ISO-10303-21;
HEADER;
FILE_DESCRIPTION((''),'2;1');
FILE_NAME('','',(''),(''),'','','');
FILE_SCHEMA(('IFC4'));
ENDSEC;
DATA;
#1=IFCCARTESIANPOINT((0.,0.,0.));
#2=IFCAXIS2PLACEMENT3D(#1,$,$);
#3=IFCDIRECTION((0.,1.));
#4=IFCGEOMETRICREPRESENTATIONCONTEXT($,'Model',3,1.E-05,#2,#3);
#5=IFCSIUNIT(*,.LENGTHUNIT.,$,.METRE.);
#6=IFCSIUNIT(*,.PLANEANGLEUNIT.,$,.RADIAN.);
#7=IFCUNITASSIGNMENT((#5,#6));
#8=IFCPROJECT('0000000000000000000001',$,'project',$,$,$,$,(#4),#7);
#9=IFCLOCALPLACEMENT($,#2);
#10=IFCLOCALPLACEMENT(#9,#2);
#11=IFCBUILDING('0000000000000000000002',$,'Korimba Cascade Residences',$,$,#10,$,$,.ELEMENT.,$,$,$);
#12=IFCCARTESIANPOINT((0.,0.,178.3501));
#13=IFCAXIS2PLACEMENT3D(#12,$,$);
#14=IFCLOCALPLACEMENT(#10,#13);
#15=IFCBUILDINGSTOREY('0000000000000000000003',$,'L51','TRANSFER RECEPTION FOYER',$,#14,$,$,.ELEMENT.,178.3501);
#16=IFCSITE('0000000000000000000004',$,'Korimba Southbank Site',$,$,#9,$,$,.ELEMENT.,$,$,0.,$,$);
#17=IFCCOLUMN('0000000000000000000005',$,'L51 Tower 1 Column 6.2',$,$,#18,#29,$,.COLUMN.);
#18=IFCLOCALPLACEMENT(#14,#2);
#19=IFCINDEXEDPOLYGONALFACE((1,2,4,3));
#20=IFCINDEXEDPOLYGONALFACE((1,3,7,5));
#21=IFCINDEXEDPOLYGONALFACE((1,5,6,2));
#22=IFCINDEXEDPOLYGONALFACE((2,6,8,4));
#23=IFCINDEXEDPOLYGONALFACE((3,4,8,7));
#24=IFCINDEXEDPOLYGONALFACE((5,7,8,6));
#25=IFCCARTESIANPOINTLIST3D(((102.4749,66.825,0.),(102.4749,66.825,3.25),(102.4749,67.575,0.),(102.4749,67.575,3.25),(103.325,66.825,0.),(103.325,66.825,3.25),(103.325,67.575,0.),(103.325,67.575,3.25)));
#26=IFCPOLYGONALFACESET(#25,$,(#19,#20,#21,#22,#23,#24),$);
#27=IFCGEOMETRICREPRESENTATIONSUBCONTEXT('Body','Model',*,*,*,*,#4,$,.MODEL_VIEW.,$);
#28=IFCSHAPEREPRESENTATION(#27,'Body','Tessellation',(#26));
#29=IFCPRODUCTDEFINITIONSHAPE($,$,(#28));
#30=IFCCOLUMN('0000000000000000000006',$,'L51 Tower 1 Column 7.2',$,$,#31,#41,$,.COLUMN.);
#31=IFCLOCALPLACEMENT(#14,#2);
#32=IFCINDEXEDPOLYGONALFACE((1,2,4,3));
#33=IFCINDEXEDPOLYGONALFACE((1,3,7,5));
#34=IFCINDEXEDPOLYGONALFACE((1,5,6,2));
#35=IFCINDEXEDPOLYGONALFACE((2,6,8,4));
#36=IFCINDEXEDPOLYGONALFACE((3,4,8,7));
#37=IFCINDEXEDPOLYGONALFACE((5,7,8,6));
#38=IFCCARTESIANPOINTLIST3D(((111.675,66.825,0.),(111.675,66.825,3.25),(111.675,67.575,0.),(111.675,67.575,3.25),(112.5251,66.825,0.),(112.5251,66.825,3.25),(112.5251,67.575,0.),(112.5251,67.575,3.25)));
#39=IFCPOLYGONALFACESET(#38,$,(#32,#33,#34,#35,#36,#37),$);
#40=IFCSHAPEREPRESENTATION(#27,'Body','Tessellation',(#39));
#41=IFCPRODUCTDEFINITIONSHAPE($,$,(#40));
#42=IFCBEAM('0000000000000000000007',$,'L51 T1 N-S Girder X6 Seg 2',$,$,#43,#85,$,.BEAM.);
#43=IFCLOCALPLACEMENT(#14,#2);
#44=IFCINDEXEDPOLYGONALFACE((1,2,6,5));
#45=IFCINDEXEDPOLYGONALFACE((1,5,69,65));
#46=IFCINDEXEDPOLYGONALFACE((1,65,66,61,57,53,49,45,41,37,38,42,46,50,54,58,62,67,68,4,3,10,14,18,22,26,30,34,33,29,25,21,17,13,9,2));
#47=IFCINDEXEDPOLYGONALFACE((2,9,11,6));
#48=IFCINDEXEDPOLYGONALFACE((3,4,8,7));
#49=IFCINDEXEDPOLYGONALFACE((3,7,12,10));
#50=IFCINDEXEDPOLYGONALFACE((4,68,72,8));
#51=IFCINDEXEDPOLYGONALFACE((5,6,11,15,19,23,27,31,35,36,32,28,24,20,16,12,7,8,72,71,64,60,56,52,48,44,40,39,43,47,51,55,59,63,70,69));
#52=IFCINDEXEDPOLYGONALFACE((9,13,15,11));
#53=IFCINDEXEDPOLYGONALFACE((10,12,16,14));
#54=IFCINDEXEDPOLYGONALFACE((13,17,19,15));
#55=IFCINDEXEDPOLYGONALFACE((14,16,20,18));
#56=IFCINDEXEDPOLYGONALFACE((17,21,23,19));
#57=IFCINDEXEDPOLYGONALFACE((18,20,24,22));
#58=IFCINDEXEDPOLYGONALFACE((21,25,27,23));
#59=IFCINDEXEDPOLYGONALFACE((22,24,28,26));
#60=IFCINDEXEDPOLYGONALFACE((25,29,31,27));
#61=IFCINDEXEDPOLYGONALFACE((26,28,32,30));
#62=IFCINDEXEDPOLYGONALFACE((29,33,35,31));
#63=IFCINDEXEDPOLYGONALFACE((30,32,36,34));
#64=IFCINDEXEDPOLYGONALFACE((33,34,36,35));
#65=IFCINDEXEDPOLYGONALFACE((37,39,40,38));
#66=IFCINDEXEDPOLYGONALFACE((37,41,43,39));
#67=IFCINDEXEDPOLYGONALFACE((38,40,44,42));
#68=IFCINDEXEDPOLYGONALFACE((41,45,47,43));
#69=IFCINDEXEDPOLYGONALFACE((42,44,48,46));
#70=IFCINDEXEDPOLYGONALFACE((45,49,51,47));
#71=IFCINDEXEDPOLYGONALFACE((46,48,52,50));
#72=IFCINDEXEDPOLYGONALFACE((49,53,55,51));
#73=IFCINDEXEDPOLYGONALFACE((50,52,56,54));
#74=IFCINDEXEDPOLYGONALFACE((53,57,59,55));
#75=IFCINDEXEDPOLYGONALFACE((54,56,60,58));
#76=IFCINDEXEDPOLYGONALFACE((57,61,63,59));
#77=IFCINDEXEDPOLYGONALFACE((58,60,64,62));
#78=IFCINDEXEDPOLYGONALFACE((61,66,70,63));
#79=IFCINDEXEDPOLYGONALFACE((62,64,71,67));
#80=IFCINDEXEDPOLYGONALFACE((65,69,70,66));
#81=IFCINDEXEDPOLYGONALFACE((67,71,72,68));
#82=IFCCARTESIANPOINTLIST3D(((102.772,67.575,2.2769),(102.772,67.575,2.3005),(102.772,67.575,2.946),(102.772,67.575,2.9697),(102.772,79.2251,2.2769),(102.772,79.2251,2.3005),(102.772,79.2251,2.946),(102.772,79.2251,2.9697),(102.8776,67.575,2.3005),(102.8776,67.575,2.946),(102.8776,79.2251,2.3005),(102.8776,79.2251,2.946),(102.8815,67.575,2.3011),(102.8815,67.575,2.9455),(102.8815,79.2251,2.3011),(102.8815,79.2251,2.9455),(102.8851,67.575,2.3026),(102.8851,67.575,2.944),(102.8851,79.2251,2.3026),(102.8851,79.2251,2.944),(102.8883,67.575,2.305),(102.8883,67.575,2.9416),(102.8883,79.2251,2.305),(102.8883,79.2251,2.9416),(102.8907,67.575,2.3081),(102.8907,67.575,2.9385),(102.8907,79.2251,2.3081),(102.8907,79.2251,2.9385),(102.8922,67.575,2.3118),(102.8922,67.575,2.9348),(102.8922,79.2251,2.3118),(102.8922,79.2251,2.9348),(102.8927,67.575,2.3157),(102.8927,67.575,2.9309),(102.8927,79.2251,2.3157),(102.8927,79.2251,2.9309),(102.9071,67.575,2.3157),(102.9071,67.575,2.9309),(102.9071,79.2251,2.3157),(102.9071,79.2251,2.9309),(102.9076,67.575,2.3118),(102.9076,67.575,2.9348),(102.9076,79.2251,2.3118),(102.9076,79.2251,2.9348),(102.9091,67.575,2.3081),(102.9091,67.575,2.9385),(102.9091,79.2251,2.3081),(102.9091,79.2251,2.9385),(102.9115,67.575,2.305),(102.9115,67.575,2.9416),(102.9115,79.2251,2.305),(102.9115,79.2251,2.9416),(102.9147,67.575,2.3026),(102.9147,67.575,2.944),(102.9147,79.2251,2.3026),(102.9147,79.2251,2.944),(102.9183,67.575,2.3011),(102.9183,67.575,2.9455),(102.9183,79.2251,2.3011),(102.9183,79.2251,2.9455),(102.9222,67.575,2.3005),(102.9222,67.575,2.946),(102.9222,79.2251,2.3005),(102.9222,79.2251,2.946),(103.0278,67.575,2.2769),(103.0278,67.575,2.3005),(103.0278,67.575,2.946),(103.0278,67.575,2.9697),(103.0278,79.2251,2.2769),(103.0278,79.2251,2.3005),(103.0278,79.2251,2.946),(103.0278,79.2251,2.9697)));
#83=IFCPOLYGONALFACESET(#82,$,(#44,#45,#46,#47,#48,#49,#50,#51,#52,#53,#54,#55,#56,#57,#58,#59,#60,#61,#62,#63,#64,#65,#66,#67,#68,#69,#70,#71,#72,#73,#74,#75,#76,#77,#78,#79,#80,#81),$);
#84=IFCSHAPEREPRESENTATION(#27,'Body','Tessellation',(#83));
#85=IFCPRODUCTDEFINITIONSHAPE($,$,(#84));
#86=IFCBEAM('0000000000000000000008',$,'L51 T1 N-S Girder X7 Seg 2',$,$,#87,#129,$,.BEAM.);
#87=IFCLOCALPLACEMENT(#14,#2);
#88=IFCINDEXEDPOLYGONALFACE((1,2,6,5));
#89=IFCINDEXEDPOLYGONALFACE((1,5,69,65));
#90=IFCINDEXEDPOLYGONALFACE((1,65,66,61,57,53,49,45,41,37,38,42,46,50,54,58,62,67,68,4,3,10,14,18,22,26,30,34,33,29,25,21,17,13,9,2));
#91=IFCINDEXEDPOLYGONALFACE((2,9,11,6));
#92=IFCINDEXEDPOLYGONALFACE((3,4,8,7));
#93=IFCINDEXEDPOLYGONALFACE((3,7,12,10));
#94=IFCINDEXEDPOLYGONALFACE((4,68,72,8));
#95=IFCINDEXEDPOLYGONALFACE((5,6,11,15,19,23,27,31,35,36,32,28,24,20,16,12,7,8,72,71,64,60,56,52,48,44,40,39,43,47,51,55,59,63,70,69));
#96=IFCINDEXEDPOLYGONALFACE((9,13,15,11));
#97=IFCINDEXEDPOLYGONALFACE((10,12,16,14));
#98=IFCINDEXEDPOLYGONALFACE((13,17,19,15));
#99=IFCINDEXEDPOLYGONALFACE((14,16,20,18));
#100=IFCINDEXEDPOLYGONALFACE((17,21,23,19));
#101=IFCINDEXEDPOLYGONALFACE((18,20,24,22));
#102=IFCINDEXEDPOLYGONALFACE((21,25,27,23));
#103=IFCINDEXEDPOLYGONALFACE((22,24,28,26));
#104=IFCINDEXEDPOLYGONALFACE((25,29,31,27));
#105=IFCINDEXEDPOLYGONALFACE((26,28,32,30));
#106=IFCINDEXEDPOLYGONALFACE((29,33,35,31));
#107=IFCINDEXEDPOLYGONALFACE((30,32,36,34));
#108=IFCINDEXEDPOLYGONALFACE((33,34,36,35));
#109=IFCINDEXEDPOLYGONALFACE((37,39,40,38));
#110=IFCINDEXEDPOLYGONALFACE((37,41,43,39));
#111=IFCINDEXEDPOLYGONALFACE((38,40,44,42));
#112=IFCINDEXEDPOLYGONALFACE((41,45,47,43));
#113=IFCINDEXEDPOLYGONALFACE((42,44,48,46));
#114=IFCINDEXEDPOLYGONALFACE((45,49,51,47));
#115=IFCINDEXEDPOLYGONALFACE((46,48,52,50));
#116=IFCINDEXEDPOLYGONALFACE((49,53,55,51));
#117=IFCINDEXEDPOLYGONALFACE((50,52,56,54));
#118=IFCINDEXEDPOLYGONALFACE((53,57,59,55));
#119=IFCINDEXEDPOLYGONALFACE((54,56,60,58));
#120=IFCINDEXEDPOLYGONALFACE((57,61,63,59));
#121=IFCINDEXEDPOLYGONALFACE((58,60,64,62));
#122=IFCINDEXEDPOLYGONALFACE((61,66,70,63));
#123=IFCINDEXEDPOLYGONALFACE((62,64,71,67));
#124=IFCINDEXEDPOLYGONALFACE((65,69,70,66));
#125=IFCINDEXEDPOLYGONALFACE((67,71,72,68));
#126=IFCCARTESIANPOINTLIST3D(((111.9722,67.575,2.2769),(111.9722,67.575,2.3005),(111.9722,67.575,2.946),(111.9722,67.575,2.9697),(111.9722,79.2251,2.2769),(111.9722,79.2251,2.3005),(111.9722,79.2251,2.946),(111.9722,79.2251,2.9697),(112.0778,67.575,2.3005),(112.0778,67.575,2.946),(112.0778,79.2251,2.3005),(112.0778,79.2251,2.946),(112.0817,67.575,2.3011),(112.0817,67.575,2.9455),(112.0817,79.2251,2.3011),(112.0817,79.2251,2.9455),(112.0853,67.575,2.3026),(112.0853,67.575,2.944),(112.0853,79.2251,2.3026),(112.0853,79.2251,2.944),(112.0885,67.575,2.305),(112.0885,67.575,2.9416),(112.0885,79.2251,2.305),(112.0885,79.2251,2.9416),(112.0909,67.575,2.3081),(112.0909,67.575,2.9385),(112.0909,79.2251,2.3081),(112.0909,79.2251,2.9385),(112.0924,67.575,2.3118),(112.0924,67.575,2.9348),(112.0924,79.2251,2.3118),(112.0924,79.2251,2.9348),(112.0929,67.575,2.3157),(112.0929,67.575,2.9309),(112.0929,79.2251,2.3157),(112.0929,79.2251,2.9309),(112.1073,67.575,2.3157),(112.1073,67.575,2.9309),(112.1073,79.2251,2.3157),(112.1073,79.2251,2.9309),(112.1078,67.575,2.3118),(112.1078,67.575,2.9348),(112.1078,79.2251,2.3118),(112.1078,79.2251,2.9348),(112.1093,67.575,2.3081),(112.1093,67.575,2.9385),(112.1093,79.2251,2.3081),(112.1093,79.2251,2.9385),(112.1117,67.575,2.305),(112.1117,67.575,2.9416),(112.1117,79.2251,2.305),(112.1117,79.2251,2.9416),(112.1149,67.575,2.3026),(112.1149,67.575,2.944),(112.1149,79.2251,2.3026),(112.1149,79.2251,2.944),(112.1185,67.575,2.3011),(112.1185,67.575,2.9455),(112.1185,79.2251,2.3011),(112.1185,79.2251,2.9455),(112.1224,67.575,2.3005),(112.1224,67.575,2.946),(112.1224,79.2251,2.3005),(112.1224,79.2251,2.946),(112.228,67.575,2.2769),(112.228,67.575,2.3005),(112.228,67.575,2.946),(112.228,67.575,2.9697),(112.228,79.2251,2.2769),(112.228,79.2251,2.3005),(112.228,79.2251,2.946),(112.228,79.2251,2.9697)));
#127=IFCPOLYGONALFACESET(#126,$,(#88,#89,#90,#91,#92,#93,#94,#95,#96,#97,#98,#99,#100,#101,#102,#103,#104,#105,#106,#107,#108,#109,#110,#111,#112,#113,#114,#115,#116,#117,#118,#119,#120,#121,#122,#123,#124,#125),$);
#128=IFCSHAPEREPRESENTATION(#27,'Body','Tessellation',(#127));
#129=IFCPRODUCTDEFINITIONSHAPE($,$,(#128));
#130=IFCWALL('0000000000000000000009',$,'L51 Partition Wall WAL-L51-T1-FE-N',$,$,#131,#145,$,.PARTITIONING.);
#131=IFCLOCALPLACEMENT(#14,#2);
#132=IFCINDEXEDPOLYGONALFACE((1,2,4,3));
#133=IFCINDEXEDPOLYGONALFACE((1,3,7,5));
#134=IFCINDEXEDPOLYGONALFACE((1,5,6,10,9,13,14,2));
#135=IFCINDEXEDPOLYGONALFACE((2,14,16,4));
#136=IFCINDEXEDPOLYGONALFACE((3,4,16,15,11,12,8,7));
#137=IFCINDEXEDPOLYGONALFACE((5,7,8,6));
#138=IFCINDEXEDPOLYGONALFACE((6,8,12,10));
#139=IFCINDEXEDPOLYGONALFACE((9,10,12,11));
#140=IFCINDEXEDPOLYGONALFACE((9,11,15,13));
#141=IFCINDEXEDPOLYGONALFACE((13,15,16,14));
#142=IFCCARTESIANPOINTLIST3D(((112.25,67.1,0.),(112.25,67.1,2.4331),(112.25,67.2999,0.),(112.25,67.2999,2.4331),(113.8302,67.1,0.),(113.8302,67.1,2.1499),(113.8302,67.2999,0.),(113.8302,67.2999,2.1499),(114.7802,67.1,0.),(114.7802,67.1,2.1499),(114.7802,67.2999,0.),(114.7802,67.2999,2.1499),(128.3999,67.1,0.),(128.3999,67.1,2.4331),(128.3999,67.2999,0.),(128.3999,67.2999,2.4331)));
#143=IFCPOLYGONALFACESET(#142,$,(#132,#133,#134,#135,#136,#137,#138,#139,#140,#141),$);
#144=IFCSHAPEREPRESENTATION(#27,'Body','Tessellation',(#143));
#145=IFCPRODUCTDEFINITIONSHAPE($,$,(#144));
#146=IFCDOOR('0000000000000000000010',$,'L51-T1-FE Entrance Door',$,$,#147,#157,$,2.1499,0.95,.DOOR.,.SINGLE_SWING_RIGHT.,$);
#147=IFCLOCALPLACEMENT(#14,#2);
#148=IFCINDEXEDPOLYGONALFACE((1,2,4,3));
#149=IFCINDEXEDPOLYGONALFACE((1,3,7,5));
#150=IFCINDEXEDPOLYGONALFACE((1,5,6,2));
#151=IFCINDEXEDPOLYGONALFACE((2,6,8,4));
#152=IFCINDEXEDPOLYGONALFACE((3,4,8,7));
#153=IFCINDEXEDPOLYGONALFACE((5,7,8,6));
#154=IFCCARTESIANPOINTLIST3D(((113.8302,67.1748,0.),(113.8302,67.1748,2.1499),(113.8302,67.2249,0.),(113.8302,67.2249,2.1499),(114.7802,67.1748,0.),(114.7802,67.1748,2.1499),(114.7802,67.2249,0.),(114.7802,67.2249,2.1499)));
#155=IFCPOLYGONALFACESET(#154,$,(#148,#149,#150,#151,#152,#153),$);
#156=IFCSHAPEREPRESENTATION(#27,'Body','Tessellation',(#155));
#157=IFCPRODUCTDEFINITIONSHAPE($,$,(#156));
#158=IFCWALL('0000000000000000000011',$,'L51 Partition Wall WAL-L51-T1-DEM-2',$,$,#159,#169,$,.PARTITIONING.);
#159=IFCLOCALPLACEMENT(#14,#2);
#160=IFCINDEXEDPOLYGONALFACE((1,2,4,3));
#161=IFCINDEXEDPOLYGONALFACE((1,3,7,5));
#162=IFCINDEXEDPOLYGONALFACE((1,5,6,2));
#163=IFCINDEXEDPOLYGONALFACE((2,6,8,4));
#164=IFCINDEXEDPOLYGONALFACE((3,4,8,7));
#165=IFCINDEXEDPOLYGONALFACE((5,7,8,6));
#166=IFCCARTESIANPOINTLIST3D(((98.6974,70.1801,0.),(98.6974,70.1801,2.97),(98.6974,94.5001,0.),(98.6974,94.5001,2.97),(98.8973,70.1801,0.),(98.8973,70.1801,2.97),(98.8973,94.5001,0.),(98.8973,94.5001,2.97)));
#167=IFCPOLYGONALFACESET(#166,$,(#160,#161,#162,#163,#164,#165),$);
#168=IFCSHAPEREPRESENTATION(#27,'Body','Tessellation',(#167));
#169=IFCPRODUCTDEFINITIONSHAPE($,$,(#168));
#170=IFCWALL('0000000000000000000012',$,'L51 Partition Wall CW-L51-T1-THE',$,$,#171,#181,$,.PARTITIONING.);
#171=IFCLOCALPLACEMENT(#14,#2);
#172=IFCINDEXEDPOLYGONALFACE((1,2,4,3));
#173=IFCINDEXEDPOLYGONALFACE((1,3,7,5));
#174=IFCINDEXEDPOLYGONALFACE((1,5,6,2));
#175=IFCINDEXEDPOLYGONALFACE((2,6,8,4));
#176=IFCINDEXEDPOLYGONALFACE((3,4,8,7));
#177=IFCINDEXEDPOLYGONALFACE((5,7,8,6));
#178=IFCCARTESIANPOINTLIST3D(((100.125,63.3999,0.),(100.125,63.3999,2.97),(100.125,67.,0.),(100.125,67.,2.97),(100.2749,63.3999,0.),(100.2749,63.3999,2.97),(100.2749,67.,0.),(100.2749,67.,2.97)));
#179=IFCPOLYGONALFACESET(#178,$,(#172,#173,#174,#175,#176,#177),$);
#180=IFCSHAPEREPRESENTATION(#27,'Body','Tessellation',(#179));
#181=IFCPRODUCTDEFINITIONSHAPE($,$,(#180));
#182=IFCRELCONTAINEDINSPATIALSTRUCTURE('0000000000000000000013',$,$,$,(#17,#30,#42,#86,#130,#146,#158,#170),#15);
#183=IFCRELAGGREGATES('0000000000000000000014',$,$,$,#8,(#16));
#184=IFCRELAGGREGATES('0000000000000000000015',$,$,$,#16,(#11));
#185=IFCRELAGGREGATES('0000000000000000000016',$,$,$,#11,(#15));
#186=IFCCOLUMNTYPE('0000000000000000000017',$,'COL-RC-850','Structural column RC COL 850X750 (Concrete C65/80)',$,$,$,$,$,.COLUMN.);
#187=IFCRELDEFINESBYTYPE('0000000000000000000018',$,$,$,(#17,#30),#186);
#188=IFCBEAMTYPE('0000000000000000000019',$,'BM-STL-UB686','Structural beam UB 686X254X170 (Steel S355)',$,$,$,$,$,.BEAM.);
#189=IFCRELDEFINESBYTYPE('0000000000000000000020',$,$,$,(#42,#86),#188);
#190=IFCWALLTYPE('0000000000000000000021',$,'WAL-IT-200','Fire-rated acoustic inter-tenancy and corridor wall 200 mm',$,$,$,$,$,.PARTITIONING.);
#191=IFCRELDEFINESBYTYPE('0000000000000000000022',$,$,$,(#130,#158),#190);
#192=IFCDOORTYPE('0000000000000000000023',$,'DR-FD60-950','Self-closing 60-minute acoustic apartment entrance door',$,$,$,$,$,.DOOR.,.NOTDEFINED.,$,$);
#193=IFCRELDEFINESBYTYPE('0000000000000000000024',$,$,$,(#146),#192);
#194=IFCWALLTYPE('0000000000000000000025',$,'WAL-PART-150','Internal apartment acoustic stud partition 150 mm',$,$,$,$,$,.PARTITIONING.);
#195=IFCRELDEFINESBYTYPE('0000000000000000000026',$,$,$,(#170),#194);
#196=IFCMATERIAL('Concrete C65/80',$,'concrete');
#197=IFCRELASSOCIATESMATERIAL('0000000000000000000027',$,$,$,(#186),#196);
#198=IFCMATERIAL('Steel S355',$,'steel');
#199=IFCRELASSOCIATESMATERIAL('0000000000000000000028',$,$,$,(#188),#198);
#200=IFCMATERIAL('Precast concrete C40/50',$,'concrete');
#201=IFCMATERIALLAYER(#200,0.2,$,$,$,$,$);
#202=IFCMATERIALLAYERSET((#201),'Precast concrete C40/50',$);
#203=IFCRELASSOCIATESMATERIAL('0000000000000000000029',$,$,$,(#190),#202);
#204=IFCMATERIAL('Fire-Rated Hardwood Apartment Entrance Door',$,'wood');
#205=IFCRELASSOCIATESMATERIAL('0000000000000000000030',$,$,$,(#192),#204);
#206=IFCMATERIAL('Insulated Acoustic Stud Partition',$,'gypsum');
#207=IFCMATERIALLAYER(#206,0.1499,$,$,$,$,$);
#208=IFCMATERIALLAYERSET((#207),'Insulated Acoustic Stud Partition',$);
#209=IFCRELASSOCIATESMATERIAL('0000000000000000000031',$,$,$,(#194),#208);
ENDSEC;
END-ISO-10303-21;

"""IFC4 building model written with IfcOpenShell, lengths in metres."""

from ifc_helpers import new_model, si_unit, direction, frame, frame_2d, origin, origin_2d, place, context, subcontext, project, spatial, rectangle, i_section, extrude, material, layer, layer_set, material_profile, profile_set, type_object, element, fill, save


model = new_model("IFC4")

# Units and contexts
model_context = context("Model", 3, precision=1e-05, world=origin(), true_north=direction((0.0, 1.0)))
body_context = subcontext(model_context, "Body", "Model", "MODEL_VIEW")
ifc_project = project(units=[si_unit("LENGTHUNIT", "METRE"), si_unit("PLANEANGLEUNIT", "RADIAN")], contexts=[model_context])

# Site, building, storey
site_placement = place(None, origin())
site = spatial("IfcSite", under=ifc_project, at=site_placement, Name="Korimba Southbank Site", CompositionType="ELEMENT", RefElevation=0.0)
building_placement = place(site_placement, origin())
building = spatial("IfcBuilding", under=site, at=building_placement, Name="Korimba Cascade Residences", CompositionType="ELEMENT")
storey_placement = place(building_placement, frame((0.0, 0.0, 178.3501)))
storey = spatial("IfcBuildingStorey", under=building, at=storey_placement, Name="L51", Description="TRANSFER RECEPTION FOYER", CompositionType="ELEMENT", Elevation=178.3501)

# Columns
ifc_material_1 = material(Name="Concrete C65/80", Category="concrete")
ifc_material_profile_1 = material_profile(ifc_material_1, rectangle(XDim=0.8501, YDim=0.75, at=origin_2d()), Name="Concrete C65/80")
ifc_profile_set_1 = profile_set([ifc_material_profile_1], Name="Concrete C65/80")
column_type = type_object("IfcColumnType", Name="COL-RC-850", Description="Structural column RC COL 850X750 (Concrete C65/80)", PredefinedType="COLUMN", material=ifc_profile_set_1)
for number, where, z_axis, x_axis, name in (
    (1, (102.8999, 67.2, 0.0), (0.0, 0.0, 1.0), (1.0, 0.0, 0.0), "L51 Tower 1 Column 6.2"),
    (2, (112.1001, 67.2, 0.0), (0.0, 0.0, 1.0), (1.0, 0.0, 0.0), "L51 Tower 1 Column 7.2"),
):
    element("IfcColumn", number, at=place(storey_placement, frame(where, z_axis=z_axis, x_axis=x_axis)), inside=storey, type_object=column_type, Name=name, PredefinedType="COLUMN", context=body_context, shape_type="SweptSolid", body=[
        extrude(rectangle(XDim=0.8501, YDim=0.75, at=origin_2d()), origin(), (0.0, 0.0, 1.0), 3.25),
    ])

# Beams
ifc_material_2 = material(Name="Steel S355", Category="steel")
ifc_material_profile_2 = material_profile(ifc_material_2, i_section(OverallWidth=0.2559, OverallDepth=0.6929, WebThickness=0.0144, FlangeThickness=0.0237, FilletRadius=0.0151, at=origin_2d()), Name="Steel S355")
ifc_profile_set_2 = profile_set([ifc_material_profile_2], Name="Steel S355")
beam_type = type_object("IfcBeamType", Name="BM-STL-UB686", Description="Structural beam UB 686X254X170 (Steel S355)", PredefinedType="BEAM", material=ifc_profile_set_2)
for number, where, z_axis, x_axis, name in (
    (3, (102.8999, 67.575, 2.6233), (0.0, 1.0, 0.0), (-1.0, 0.0, 0.0), "L51 T1 N-S Girder X6 Seg 2"),
    (4, (112.1001, 67.575, 2.6233), (0.0, 1.0, 0.0), (-1.0, 0.0, 0.0), "L51 T1 N-S Girder X7 Seg 2"),
):
    element("IfcBeam", number, at=place(storey_placement, frame(where, z_axis=z_axis, x_axis=x_axis)), inside=storey, type_object=beam_type, Name=name, PredefinedType="BEAM", context=body_context, shape_type="SweptSolid", body=[
        extrude(i_section(OverallWidth=0.2559, OverallDepth=0.6929, WebThickness=0.0144, FlangeThickness=0.0237, FilletRadius=0.0151, at=origin_2d()), origin(), (0.0, 0.0, 1.0), 11.6501),
    ])

# Wall, opening, door
ifc_material_3 = material(Name="Precast concrete C40/50", Category="concrete")
ifc_layer_1 = layer(ifc_material_3, 0.2)
ifc_layer_set_1 = layer_set([ifc_layer_1], Name="Precast concrete C40/50")
wall_type_1 = type_object("IfcWallType", Name="WAL-IT-200", Description="Fire-rated acoustic inter-tenancy and corridor wall 200 mm", PredefinedType="PARTITIONING", material=ifc_layer_set_1)
wall_1_placement = place(storey_placement, frame((112.25, 67.2, 0.0), z_axis=(0.0, 0.0, 1.0), x_axis=(1.0, 0.0, 0.0)))
wall_1 = element("IfcWall", 5, at=wall_1_placement, inside=storey, type_object=wall_type_1, Name="L51 Partition Wall WAL-L51-T1-FE-N", PredefinedType="PARTITIONING", context=body_context, shape_type="SweptSolid", body=[
    extrude(rectangle(XDim=16.1499, YDim=0.2, at=frame_2d((8.075, 0.0))), origin(), (0.0, 0.0, 1.0), 2.4331),
])
opening_1_placement = place(wall_1_placement, frame((1.5801, 0.0, 0.0)))
opening_1 = element("IfcOpeningElement", 6, at=opening_1_placement, cuts=wall_1, PredefinedType="OPENING", context=body_context, shape_type="SweptSolid", body=[
    extrude(rectangle(XDim=0.95, YDim=2.1499, at=frame_2d((0.4751, 1.075))), frame((0.0, 0.1099, 0.0), z_axis=(0.0, -1.0, 0.0), x_axis=(1.0, 0.0, 0.0)), (0.0, 0.0, 1.0), 0.22),
])
ifc_material_4 = material(Name="Fire-Rated Hardwood Apartment Entrance Door", Category="wood")
door_type_1 = type_object("IfcDoorType", Name="DR-FD60-950", Description="Self-closing 60-minute acoustic apartment entrance door", OperationType="NOTDEFINED", PredefinedType="DOOR", material=ifc_material_4)
door_1_placement = place(opening_1_placement, origin())
door_1 = element("IfcDoor", 7, at=door_1_placement, inside=storey, type_object=door_type_1, Name="L51-T1-FE Entrance Door", OperationType="SINGLE_SWING_RIGHT", OverallHeight=2.1499, OverallWidth=0.95, PredefinedType="DOOR", context=body_context, shape_type="SweptSolid", body=[
    extrude(rectangle(XDim=0.95, YDim=2.1499, at=frame_2d((0.4751, 1.075))), frame((0.0, 0.0249, 0.0), z_axis=(0.0, -1.0, 0.0), x_axis=(1.0, 0.0, 0.0)), (0.0, 0.0, 1.0), 0.05),
])
fill(opening_1, door_1)

# Walls
wall_2_placement = place(storey_placement, frame((98.7974, 70.1799, 0.0), z_axis=(0.0, 0.0, 1.0), x_axis=(0.0, 1.0, 0.0)))
element("IfcWall", 8, at=wall_2_placement, inside=storey, type_object=wall_type_1, Name="L51 Partition Wall WAL-L51-T1-DEM-2", PredefinedType="PARTITIONING", context=body_context, shape_type="SweptSolid", body=[
    extrude(rectangle(XDim=24.3201, YDim=0.2, at=frame_2d((12.1602, 0.0))), origin(), (0.0, 0.0, 1.0), 2.97),
])
ifc_material_5 = material(Name="Insulated Acoustic Stud Partition", Category="gypsum")
ifc_layer_2 = layer(ifc_material_5, 0.1499)
ifc_layer_set_2 = layer_set([ifc_layer_2], Name="Insulated Acoustic Stud Partition")
wall_type_2 = type_object("IfcWallType", Name="WAL-PART-150", Description="Internal apartment acoustic stud partition 150 mm", PredefinedType="PARTITIONING", material=ifc_layer_set_2)
wall_3_placement = place(storey_placement, frame((100.2, 63.3999, 0.0), z_axis=(0.0, 0.0, 1.0), x_axis=(0.0, 1.0, 0.0)))
element("IfcWall", 9, at=wall_3_placement, inside=storey, type_object=wall_type_2, Name="L51 Partition Wall CW-L51-T1-THE", PredefinedType="PARTITIONING", context=body_context, shape_type="SweptSolid", body=[
    extrude(rectangle(XDim=3.6001, YDim=0.1499, at=frame_2d((1.8, 0.0))), origin(), (0.0, 0.0, 1.0), 2.97),
])

save(model, "model.ifc")
